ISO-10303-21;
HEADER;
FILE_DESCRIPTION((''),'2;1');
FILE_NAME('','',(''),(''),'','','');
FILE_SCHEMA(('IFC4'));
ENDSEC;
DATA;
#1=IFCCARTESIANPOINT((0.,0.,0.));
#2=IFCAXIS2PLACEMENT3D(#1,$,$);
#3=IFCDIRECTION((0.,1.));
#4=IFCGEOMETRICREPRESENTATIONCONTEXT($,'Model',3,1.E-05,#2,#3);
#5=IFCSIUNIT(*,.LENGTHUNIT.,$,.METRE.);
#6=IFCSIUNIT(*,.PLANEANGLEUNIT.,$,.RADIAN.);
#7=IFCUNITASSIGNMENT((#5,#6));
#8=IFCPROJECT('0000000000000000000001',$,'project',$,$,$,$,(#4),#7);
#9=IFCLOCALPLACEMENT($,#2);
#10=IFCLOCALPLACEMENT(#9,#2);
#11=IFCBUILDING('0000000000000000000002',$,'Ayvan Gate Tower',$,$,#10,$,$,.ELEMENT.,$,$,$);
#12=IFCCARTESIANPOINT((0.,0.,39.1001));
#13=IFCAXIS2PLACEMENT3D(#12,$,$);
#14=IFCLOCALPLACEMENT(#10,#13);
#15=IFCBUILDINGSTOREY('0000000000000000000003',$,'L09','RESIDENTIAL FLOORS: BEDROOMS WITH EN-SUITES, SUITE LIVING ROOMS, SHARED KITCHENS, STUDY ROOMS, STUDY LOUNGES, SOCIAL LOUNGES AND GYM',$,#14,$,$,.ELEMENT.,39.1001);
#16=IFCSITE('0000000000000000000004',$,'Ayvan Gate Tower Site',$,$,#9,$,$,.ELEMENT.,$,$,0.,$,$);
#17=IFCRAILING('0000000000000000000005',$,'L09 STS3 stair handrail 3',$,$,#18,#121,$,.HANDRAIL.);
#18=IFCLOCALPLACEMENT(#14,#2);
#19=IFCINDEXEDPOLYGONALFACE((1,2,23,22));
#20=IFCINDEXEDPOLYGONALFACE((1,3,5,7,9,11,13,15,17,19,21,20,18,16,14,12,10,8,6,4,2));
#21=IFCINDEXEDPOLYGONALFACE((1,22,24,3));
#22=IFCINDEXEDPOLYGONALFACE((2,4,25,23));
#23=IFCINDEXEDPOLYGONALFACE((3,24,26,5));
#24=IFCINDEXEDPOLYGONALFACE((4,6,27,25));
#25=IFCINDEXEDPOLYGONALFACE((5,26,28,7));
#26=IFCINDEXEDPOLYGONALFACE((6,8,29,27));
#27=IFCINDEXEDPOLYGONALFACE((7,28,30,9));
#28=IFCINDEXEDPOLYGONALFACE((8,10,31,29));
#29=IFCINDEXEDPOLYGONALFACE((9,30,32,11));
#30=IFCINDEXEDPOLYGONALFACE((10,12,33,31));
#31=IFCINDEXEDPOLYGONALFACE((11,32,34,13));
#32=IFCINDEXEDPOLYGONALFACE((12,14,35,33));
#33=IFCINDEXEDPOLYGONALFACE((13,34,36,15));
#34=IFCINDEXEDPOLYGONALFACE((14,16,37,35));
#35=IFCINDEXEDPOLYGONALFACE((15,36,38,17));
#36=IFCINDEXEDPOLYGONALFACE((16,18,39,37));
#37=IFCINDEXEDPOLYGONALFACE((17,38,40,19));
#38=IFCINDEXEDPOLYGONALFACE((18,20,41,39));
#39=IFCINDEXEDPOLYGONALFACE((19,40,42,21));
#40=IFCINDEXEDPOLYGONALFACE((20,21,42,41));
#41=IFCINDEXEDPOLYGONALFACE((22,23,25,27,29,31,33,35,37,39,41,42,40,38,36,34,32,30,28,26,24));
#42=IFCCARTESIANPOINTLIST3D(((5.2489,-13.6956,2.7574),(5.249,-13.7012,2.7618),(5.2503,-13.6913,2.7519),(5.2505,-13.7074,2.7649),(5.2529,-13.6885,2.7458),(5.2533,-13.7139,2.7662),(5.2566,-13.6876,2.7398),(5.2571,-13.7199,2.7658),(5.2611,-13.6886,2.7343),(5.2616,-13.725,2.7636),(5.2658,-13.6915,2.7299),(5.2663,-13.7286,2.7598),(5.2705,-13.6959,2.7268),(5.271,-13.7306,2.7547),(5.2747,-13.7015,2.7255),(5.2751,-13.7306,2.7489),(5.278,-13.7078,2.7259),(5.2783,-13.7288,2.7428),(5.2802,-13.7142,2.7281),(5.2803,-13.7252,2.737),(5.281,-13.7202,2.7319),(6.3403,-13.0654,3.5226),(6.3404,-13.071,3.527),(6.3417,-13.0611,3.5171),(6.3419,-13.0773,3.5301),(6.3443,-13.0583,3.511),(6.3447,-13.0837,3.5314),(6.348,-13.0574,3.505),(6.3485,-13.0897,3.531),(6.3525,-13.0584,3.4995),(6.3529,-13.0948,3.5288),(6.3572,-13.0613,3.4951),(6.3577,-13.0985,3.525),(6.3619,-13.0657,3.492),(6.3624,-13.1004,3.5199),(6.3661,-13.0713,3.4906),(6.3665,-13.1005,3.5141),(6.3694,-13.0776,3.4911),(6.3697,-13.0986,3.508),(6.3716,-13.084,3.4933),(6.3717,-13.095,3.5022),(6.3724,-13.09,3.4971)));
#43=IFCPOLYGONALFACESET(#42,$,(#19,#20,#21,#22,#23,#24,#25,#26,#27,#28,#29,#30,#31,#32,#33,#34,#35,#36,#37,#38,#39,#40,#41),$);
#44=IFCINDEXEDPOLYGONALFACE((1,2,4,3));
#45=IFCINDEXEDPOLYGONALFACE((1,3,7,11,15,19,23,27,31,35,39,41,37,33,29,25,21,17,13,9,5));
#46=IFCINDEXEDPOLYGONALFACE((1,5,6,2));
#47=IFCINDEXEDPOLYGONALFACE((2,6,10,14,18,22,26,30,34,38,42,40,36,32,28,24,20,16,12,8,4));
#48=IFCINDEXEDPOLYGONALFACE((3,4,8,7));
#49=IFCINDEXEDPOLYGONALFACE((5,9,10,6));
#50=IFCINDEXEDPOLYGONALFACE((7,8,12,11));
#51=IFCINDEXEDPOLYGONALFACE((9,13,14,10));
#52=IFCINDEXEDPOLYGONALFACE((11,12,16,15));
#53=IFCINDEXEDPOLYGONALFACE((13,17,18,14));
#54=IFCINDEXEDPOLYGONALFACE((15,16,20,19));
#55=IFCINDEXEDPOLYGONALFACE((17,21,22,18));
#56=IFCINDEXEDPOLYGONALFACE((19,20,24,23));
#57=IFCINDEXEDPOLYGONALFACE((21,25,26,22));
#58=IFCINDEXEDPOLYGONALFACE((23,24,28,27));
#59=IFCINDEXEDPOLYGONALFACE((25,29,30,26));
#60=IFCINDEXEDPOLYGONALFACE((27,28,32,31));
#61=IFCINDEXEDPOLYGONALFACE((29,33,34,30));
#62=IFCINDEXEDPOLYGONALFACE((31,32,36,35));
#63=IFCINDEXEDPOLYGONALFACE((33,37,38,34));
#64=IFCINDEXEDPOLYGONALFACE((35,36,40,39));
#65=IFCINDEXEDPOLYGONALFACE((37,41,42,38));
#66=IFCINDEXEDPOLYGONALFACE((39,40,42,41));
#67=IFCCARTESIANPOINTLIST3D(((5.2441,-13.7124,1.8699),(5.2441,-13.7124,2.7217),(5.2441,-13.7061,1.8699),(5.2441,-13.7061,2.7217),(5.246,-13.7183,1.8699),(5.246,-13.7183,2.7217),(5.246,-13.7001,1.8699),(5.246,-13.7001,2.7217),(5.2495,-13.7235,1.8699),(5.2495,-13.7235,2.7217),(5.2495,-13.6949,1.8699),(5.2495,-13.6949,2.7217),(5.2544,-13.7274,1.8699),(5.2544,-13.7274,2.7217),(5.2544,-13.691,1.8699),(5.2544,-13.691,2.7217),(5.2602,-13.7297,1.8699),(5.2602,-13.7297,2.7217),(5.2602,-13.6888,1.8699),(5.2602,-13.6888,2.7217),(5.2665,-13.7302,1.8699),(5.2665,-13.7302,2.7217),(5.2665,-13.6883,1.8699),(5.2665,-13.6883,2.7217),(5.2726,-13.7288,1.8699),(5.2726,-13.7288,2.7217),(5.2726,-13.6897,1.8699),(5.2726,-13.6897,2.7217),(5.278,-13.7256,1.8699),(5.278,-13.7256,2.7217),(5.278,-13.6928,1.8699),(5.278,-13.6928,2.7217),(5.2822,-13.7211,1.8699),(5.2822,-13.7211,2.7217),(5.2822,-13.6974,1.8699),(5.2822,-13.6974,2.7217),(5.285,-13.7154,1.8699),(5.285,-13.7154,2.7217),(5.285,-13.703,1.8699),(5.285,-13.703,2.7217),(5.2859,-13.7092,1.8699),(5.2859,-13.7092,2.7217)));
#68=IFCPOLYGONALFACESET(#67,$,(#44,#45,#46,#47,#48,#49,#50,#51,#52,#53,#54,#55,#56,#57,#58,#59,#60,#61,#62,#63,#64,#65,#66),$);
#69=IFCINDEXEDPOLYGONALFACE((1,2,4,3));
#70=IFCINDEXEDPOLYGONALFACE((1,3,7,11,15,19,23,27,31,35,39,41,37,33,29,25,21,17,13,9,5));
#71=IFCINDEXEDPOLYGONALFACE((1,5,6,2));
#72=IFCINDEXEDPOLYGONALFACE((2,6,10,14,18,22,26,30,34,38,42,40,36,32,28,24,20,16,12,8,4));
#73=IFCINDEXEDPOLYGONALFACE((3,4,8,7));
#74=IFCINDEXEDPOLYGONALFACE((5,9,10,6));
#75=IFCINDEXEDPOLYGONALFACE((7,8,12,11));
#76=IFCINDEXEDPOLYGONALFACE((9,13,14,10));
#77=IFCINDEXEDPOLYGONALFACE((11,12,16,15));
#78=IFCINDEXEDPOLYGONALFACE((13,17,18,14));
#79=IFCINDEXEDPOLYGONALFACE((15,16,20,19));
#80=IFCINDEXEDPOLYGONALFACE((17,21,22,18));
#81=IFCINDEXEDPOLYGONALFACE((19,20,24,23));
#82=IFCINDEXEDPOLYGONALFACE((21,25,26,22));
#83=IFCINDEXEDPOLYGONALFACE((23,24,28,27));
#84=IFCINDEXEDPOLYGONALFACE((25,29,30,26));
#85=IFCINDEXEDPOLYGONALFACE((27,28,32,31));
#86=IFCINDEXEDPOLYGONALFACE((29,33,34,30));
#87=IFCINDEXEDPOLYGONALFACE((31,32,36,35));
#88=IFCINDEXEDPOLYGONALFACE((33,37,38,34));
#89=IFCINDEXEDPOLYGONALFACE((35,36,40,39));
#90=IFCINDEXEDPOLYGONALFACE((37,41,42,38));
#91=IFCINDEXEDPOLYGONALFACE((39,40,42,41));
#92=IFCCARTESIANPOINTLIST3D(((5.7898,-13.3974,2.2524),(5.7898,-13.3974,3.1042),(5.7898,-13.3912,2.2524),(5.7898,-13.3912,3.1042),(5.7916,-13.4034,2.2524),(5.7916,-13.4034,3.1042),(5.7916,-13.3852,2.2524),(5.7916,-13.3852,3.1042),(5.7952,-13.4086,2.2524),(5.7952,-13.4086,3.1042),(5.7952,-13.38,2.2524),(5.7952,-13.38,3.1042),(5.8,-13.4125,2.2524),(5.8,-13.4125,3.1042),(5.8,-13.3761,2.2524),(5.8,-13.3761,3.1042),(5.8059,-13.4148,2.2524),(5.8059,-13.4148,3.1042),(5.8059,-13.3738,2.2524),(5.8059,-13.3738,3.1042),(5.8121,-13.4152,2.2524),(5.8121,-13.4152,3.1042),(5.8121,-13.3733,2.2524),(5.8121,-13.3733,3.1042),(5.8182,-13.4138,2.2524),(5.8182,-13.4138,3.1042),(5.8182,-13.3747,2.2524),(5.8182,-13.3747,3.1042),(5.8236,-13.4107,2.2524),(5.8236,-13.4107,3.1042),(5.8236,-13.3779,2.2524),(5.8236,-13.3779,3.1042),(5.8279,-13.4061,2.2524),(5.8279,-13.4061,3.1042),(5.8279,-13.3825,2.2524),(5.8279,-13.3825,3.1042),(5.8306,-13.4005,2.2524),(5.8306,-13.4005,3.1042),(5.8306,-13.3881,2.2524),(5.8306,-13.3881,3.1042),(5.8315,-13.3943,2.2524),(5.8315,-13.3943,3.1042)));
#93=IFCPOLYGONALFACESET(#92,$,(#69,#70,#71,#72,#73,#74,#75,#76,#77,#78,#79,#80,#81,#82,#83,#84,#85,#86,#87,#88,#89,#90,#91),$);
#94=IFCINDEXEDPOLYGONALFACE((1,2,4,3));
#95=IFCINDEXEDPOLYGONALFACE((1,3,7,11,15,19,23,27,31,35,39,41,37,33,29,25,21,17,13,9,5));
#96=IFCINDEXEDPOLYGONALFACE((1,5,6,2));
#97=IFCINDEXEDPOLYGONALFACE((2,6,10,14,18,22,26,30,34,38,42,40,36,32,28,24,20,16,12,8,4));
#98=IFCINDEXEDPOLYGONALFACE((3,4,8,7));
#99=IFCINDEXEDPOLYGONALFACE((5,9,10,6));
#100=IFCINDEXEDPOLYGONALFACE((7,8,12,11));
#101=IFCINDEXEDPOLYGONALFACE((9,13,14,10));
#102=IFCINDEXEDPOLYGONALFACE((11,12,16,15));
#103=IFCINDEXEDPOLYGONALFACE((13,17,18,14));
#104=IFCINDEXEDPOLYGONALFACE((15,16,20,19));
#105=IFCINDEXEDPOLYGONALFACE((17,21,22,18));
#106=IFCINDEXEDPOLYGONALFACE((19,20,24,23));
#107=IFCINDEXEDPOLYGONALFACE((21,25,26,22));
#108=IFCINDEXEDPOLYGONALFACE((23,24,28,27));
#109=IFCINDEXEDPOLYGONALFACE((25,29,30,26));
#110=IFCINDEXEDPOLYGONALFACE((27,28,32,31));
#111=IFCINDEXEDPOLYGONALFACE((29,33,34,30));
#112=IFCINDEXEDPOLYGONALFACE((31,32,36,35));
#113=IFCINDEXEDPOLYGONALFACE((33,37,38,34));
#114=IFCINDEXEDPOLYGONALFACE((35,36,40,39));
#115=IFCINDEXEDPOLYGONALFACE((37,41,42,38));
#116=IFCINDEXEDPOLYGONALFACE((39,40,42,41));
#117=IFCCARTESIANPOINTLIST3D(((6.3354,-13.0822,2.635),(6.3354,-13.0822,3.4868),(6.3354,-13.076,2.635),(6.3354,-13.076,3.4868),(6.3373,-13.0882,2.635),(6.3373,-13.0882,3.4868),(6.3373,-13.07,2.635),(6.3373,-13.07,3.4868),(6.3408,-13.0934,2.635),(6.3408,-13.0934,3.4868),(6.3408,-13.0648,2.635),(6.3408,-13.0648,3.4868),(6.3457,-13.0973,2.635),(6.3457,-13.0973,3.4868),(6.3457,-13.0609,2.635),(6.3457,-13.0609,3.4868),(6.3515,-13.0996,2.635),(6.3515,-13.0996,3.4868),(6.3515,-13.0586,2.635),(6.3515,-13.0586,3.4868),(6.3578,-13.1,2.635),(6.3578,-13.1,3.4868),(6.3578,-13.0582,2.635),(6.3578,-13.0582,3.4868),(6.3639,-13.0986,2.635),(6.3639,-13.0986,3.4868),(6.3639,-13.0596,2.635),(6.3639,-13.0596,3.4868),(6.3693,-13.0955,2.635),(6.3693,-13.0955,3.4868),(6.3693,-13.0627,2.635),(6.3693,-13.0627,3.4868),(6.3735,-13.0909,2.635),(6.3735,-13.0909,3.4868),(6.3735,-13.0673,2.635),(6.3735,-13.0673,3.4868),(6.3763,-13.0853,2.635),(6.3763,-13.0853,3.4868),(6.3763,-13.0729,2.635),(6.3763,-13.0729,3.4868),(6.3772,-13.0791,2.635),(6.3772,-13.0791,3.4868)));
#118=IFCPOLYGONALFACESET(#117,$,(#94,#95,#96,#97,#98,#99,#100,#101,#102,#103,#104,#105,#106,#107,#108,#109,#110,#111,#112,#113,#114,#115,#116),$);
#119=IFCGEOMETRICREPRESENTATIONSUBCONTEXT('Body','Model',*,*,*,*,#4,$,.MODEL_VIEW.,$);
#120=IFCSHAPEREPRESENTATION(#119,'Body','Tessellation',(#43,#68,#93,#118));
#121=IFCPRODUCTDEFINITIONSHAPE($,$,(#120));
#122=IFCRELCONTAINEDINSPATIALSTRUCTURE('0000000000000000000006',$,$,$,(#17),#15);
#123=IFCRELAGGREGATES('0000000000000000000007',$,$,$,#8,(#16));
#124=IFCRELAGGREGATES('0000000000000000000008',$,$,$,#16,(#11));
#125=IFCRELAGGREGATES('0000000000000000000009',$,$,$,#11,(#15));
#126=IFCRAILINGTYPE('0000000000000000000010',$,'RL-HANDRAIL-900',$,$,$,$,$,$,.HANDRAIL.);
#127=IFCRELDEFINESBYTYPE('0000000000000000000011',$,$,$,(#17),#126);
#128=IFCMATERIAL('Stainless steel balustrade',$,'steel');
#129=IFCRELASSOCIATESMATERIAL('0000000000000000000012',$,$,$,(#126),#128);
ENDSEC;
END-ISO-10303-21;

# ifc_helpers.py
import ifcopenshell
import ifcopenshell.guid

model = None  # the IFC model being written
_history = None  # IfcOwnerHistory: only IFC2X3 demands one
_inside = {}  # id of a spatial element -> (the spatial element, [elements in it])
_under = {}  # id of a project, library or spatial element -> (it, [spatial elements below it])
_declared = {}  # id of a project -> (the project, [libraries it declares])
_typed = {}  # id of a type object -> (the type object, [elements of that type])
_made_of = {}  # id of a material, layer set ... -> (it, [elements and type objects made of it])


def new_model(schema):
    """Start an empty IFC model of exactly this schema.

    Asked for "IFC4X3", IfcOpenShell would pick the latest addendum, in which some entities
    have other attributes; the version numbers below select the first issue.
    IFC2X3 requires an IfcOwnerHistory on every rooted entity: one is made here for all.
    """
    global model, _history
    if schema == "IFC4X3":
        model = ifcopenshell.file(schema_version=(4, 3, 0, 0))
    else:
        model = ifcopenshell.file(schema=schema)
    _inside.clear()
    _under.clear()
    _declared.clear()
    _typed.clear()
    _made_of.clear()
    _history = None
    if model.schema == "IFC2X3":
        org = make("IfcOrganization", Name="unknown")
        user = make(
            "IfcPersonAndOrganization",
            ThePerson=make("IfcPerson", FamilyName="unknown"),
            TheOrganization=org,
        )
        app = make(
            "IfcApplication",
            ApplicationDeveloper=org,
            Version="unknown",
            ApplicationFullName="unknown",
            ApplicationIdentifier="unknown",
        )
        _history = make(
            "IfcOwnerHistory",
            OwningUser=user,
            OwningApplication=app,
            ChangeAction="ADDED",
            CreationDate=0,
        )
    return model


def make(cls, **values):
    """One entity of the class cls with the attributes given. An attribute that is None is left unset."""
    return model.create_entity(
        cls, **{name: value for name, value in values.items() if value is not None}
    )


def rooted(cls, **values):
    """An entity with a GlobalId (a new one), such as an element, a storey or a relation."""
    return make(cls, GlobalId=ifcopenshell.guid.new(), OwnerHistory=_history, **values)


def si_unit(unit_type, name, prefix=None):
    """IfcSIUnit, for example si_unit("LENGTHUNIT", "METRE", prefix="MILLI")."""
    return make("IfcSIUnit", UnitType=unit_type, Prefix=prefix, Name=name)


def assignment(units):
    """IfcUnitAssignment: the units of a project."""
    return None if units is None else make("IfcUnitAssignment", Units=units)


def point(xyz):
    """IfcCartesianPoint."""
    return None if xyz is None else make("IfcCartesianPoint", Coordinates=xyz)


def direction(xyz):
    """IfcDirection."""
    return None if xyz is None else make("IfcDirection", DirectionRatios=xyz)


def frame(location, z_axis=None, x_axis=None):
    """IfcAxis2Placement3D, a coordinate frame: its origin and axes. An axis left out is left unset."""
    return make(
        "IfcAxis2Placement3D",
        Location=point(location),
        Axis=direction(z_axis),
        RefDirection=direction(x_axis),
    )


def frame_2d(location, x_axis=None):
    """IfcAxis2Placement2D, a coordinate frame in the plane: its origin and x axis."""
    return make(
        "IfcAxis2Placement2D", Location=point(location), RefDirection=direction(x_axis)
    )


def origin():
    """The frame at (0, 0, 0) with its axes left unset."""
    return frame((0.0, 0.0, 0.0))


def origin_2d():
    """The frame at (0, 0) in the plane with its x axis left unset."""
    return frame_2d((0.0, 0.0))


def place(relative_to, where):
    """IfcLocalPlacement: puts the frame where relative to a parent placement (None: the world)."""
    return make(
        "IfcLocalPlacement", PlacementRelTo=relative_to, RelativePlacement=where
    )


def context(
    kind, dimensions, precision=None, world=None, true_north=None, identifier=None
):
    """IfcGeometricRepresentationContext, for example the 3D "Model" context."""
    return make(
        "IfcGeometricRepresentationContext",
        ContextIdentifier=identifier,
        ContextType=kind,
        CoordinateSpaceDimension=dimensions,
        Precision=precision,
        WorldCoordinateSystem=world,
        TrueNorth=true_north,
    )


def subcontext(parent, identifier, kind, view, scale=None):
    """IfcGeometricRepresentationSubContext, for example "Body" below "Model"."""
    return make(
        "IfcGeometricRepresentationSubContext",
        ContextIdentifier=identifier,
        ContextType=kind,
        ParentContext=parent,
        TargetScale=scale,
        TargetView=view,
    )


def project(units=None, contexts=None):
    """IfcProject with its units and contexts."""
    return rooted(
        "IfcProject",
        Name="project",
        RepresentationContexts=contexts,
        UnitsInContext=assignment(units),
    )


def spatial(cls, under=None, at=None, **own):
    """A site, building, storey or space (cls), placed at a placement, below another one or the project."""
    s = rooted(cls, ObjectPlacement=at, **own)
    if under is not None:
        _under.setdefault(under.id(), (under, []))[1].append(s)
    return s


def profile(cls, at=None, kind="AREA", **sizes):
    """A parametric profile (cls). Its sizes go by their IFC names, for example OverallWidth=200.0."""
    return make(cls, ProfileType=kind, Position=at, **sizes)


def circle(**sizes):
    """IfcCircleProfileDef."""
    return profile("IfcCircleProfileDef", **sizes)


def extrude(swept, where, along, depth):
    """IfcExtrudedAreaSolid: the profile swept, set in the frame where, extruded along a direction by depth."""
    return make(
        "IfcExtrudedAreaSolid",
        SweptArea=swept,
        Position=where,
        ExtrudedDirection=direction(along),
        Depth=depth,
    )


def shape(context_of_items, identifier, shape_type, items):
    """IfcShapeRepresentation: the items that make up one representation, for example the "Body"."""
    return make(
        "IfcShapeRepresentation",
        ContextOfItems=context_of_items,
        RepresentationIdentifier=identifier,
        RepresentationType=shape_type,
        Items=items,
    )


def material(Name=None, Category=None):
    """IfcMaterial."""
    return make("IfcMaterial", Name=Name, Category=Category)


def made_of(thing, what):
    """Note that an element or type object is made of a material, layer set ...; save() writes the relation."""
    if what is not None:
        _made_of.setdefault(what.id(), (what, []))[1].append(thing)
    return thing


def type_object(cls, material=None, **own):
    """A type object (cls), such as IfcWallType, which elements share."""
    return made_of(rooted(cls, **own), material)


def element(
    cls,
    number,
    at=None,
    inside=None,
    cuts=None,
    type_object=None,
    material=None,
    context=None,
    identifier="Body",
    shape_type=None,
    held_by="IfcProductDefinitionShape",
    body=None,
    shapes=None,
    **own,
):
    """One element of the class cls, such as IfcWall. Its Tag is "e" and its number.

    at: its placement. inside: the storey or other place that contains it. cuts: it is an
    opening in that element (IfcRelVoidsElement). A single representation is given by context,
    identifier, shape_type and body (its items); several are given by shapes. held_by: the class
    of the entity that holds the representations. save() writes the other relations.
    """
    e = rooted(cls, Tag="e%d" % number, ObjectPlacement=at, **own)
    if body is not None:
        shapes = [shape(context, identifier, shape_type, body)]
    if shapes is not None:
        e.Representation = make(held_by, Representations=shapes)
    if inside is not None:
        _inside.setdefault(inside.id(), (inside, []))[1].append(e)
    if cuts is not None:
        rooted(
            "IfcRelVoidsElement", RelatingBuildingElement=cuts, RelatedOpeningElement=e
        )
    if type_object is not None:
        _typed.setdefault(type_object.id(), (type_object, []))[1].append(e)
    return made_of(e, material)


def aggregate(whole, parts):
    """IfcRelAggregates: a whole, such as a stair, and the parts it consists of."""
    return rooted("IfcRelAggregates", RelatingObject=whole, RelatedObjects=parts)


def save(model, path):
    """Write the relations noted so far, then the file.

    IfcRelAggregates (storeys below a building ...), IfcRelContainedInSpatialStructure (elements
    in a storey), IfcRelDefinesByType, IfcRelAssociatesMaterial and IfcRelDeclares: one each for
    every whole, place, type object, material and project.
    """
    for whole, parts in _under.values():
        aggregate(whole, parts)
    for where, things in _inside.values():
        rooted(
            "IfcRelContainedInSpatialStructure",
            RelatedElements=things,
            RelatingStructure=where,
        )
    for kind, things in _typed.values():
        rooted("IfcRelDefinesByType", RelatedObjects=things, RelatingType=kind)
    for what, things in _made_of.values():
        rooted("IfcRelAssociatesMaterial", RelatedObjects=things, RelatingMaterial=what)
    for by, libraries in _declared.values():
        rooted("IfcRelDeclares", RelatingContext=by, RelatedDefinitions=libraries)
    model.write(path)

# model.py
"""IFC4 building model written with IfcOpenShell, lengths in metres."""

from ifc_helpers import new_model, si_unit, direction, frame, origin, origin_2d, place, context, subcontext, project, spatial, circle, extrude, material, type_object, element, save


model = new_model("IFC4")

# Units and contexts
model_context = context("Model", 3, precision=1e-05, world=origin(), true_north=direction((0.0, 1.0)))
body_context = subcontext(model_context, "Body", "Model", "MODEL_VIEW")
ifc_project = project(units=[si_unit("LENGTHUNIT", "METRE"), si_unit("PLANEANGLEUNIT", "RADIAN")], contexts=[model_context])

# Site, building, storey
site_placement = place(None, origin())
site = spatial("IfcSite", under=ifc_project, at=site_placement, Name="Ayvan Gate Tower Site", CompositionType="ELEMENT", RefElevation=0.0)
building_placement = place(site_placement, origin())
building = spatial("IfcBuilding", under=site, at=building_placement, Name="Ayvan Gate Tower", CompositionType="ELEMENT")
storey_placement = place(building_placement, frame((0.0, 0.0, 39.1001)))
storey = spatial("IfcBuildingStorey", under=building, at=storey_placement, Name="L09", Description="RESIDENTIAL FLOORS: BEDROOMS WITH EN-SUITES, SUITE LIVING ROOMS, SHARED KITCHENS, STUDY ROOMS, STUDY LOUNGES, SOCIAL LOUNGES AND GYM", CompositionType="ELEMENT", Elevation=39.1001)

# Railing
ifc_material_1 = material(Name="Stainless steel balustrade", Category="steel")
railing_type_1 = type_object("IfcRailingType", Name="RL-HANDRAIL-900", PredefinedType="HANDRAIL", material=ifc_material_1)
railing_1_placement = place(storey_placement, frame((5.2649, -13.7092, 1.8699)))
element("IfcRailing", 1, at=railing_1_placement, inside=storey, type_object=railing_type_1, Name="L09 STS3 stair handrail 3", PredefinedType="HANDRAIL", context=body_context, shape_type="SweptSolid", body=[
    extrude(circle(Radius=0.0239, at=origin_2d()), frame((0.0, 0.0, 0.876), z_axis=(0.740241, 0.427419, 0.518996), x_axis=(-0.500035, 0.866005, 0.0)), (0.0, 0.0, 1.0), 1.4744),
    extrude(circle(Radius=0.021, at=origin_2d()), origin(), (0.0, 0.0, 1.0), 0.8518),
    extrude(circle(Radius=0.021, at=origin_2d()), frame((0.5457, 0.3149, 0.3826)), (0.0, 0.0, 1.0), 0.8518),
    extrude(circle(Radius=0.021, at=origin_2d()), frame((1.0913, 0.6301, 0.7651)), (0.0, 0.0, 1.0), 0.8518),
])

save(model, "model.ifc")
